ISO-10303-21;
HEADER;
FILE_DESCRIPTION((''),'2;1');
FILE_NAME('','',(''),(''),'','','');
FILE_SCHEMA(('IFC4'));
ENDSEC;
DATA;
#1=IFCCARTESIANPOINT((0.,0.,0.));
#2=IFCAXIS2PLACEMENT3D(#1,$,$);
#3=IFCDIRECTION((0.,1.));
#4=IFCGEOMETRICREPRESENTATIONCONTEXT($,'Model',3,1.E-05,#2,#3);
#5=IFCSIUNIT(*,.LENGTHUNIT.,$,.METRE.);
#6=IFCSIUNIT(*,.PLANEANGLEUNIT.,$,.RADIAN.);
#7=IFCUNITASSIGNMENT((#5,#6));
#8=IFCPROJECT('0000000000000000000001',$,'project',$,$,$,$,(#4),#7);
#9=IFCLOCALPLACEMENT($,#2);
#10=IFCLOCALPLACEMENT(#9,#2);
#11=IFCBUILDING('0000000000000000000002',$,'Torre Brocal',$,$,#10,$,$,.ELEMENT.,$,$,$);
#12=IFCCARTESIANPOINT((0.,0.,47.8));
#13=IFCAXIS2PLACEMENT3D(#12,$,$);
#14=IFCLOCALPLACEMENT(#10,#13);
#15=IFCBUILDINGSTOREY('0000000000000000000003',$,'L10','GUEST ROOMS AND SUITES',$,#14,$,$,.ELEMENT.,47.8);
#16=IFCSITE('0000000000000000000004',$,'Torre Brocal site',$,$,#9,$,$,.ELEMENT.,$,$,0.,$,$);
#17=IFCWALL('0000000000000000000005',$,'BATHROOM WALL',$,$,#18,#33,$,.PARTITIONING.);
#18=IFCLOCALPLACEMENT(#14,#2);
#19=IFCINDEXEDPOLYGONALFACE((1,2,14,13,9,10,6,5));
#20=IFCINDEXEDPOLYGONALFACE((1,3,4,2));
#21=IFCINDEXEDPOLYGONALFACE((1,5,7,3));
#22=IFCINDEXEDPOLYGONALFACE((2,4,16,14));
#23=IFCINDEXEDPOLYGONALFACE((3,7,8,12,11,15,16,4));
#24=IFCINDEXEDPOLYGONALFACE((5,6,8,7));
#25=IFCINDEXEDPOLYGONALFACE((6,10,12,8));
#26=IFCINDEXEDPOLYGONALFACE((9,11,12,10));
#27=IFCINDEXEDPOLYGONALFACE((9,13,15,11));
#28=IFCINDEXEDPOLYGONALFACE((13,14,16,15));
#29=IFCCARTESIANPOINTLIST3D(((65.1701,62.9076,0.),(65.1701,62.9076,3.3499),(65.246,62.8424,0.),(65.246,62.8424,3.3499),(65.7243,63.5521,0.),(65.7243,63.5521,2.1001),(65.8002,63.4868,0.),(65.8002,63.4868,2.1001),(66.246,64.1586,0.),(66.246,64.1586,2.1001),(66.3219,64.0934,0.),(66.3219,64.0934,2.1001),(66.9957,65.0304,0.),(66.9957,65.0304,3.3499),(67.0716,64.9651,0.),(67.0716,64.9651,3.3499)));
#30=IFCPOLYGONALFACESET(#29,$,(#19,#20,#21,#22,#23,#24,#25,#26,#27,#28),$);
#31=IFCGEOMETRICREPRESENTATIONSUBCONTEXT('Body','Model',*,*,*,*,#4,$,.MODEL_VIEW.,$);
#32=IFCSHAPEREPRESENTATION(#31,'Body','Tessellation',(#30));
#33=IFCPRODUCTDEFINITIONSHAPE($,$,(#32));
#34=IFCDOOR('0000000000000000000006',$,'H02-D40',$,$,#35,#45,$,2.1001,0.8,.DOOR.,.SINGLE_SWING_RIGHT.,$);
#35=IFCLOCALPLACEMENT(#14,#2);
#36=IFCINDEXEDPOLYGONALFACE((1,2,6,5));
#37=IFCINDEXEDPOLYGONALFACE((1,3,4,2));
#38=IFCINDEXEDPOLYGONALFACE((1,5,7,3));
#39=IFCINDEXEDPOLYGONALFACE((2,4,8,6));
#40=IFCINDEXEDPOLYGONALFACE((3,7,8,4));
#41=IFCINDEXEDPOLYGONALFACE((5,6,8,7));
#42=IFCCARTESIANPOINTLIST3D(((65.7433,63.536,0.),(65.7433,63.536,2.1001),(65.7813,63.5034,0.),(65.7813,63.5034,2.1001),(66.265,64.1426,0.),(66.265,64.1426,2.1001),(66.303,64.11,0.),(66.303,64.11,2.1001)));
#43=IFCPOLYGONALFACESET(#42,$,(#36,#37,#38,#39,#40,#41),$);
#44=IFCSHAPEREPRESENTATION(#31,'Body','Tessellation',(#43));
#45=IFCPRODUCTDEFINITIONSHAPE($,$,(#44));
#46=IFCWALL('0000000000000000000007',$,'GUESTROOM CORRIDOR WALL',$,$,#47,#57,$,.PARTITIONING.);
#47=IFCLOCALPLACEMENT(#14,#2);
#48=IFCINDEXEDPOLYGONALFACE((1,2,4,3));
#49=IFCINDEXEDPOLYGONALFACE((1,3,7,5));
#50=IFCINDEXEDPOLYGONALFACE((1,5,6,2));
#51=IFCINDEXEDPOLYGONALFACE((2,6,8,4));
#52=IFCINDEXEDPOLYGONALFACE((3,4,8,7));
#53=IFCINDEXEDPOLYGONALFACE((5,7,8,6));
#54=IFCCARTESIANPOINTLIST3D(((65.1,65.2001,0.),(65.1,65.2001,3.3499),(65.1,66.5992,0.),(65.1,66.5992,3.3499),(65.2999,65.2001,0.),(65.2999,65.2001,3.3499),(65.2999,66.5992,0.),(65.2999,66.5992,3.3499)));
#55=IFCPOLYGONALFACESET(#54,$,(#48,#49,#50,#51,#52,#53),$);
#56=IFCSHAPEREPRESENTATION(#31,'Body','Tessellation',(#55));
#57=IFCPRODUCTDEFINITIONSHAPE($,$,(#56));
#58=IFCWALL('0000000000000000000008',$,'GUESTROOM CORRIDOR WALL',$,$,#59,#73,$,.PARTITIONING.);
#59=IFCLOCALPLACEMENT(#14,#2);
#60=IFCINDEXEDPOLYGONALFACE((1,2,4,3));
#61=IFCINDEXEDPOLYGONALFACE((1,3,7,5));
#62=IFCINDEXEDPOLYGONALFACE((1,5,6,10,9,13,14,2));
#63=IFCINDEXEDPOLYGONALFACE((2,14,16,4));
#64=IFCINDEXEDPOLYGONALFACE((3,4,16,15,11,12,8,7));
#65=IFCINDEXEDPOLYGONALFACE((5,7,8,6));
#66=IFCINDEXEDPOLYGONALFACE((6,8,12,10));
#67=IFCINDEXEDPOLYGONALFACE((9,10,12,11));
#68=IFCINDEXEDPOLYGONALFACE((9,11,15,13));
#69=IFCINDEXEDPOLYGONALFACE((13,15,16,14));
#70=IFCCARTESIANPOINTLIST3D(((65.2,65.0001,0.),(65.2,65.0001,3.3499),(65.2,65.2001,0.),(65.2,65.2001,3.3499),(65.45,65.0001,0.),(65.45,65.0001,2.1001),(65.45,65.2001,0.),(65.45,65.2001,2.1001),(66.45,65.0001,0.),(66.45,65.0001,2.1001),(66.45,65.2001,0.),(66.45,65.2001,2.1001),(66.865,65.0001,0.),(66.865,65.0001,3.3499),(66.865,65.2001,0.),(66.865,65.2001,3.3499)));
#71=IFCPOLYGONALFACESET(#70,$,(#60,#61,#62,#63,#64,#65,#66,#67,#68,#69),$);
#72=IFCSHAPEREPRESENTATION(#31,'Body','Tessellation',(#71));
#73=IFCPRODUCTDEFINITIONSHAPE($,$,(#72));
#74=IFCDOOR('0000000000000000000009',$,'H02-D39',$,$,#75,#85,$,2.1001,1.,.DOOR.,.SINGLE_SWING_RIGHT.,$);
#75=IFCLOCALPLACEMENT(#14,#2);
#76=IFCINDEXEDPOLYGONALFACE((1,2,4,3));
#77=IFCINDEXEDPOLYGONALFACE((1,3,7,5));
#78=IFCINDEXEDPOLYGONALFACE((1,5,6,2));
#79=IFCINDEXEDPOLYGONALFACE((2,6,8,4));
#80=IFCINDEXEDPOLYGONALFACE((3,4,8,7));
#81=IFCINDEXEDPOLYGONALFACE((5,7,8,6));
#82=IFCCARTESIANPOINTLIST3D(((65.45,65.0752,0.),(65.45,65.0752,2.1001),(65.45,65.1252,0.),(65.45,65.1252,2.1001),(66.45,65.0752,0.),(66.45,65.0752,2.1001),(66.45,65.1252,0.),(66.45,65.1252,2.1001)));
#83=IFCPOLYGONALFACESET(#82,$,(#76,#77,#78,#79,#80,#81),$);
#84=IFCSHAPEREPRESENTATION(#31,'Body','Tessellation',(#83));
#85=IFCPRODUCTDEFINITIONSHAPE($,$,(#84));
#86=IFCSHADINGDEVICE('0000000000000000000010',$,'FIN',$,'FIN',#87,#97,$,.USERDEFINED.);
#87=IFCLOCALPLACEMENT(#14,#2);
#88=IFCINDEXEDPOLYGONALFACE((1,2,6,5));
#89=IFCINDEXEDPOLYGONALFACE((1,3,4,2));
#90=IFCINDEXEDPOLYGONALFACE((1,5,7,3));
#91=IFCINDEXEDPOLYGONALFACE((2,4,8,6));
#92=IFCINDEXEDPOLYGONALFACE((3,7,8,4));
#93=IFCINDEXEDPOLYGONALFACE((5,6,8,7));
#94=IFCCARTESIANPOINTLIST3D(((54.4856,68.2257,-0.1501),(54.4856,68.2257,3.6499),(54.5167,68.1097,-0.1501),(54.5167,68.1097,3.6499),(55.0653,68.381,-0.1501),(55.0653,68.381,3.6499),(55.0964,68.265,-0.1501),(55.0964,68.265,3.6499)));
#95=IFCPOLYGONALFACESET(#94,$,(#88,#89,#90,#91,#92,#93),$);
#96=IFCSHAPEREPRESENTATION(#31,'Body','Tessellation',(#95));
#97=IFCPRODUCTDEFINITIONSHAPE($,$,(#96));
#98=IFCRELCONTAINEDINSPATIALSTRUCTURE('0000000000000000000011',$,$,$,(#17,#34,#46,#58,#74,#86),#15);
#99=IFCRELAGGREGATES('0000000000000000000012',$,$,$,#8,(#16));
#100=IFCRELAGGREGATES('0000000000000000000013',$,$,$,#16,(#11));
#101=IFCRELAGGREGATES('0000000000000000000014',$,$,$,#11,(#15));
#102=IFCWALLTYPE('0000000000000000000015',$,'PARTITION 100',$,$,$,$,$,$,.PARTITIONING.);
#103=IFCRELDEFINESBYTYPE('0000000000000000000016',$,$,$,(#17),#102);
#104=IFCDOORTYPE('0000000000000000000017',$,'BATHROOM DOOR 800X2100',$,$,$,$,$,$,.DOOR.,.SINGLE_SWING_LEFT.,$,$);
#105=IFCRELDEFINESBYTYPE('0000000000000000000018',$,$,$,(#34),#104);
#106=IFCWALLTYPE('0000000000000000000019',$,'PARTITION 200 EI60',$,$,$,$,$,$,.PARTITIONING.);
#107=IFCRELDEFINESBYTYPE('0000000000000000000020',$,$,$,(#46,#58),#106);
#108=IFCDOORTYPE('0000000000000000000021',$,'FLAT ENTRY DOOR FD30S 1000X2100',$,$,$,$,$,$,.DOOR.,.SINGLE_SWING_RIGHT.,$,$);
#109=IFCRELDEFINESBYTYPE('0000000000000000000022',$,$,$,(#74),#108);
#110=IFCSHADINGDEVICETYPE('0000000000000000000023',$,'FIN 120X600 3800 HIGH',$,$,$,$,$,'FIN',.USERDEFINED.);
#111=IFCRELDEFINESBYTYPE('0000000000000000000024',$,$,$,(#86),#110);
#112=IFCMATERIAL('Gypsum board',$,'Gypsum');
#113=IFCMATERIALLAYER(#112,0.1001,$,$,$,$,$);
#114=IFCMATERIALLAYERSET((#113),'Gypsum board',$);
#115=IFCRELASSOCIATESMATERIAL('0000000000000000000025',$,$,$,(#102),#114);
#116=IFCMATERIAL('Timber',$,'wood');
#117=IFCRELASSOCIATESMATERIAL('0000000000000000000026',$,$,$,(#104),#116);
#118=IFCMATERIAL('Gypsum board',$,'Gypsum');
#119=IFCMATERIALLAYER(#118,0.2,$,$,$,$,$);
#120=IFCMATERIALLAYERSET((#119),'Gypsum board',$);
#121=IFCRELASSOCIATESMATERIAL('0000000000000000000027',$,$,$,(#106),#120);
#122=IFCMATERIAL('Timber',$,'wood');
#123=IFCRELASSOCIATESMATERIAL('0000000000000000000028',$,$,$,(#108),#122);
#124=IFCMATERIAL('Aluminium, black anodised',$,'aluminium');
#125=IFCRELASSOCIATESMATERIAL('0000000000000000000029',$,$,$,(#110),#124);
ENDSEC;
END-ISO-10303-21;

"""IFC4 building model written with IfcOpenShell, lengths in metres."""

from ifc_helpers import new_model, si_unit, direction, frame, frame_2d, origin, origin_2d, place, context, subcontext, project, spatial, rectangle, extrude, material, layer, layer_set, material_profile, profile_set, type_object, element, fill, save


model = new_model("IFC4")

# Units and contexts
model_context = context("Model", 3, precision=1e-05, world=origin(), true_north=direction((0.0, 1.0)))
body_context = subcontext(model_context, "Body", "Model", "MODEL_VIEW")
ifc_project = project(units=[si_unit("LENGTHUNIT", "METRE"), si_unit("PLANEANGLEUNIT", "RADIAN")], contexts=[model_context])

# Site, building, storey
site_placement = place(None, origin())
site = spatial("IfcSite", under=ifc_project, at=site_placement, Name="Torre Brocal site", CompositionType="ELEMENT", RefElevation=0.0)
building_placement = place(site_placement, origin())
building = spatial("IfcBuilding", under=site, at=building_placement, Name="Torre Brocal", CompositionType="ELEMENT")
storey_placement = place(building_placement, frame((0.0, 0.0, 47.8)))
storey = spatial("IfcBuildingStorey", under=building, at=storey_placement, Name="L10", Description="GUEST ROOMS AND SUITES", CompositionType="ELEMENT", Elevation=47.8)

# Shared definitions
ifc_material_1 = material(Name="Gypsum board", Category="Gypsum")
ifc_layer_1 = layer(ifc_material_1, 0.1001)
ifc_layer_set_1 = layer_set([ifc_layer_1], Name="Gypsum board")
wall_type_1 = type_object("IfcWallType", Name="PARTITION 100", PredefinedType="PARTITIONING", material=ifc_layer_set_1)

# Wall, opening, door
wall_1_placement = place(storey_placement, frame((65.208, 62.875, 0.0), z_axis=(0.0, 0.0, 1.0), x_axis=(0.652054, 0.758172, 0.0)))
wall_1 = element("IfcWall", 1, at=wall_1_placement, inside=storey, type_object=wall_type_1, Name="BATHROOM WALL", PredefinedType="PARTITIONING", context=body_context, shape_type="SweptSolid", body=[
    extrude(rectangle(XDim=2.7998, YDim=0.1001, at=frame_2d((1.3999, 0.0))), origin(), (0.0, 0.0, 1.0), 3.3499),
])
opening_1_placement = place(wall_1_placement, frame((0.8501, 0.0, 0.0)))
opening_1 = element("IfcOpeningElement", 2, at=opening_1_placement, cuts=wall_1, PredefinedType="OPENING", context=body_context, shape_type="SweptSolid", body=[
    extrude(rectangle(XDim=0.8, YDim=2.1001, at=frame_2d((0.3999, 1.05))), frame((0.0, 0.0601, 0.0), z_axis=(0.0, -1.0, 0.0), x_axis=(1.0, 0.0, 0.0)), (0.0, 0.0, 1.0), 0.1201),
])
ifc_material_2 = material(Name="Timber", Category="wood")
door_type_1 = type_object("IfcDoorType", Name="BATHROOM DOOR 800X2100", OperationType="SINGLE_SWING_LEFT", PredefinedType="DOOR", material=ifc_material_2)
door_1_placement = place(opening_1_placement, frame((0.8, 0.0, 0.0), z_axis=(0.0, 0.0, 1.0), x_axis=(-1.0, 0.0, 0.0)))
door_1 = element("IfcDoor", 3, at=door_1_placement, inside=storey, type_object=door_type_1, Name="H02-D40", OperationType="SINGLE_SWING_RIGHT", OverallHeight=2.1001, OverallWidth=0.8, PredefinedType="DOOR", context=body_context, shape_type="SweptSolid", body=[
    extrude(rectangle(XDim=0.8, YDim=2.1001, at=frame_2d((0.3999, 1.05))), frame((0.0, 0.0249, 0.0), z_axis=(0.0, -1.0, 0.0), x_axis=(1.0, 0.0, 0.0)), (0.0, 0.0, 1.0), 0.05),
])
fill(opening_1, door_1)

# Wall
ifc_material_3 = material(Name="Gypsum board", Category="Gypsum")
ifc_layer_2 = layer(ifc_material_3, 0.2)
ifc_layer_set_2 = layer_set([ifc_layer_2], Name="Gypsum board")
wall_type_2 = type_object("IfcWallType", Name="PARTITION 200 EI60", PredefinedType="PARTITIONING", material=ifc_layer_set_2)
wall_2_placement = place(storey_placement, frame((65.2, 65.2, 0.0), z_axis=(0.0, 0.0, 1.0), x_axis=(0.0, 1.0, 0.0)))
element("IfcWall", 4, at=wall_2_placement, inside=storey, type_object=wall_type_2, Name="GUESTROOM CORRIDOR WALL", PredefinedType="PARTITIONING", context=body_context, shape_type="SweptSolid", body=[
    extrude(rectangle(XDim=1.3992, YDim=0.2, at=frame_2d((0.6997, 0.0))), origin(), (0.0, 0.0, 1.0), 3.3499),
])

# Wall, opening, door
wall_3_placement = place(storey_placement, frame((65.2, 65.1001, 0.0), z_axis=(0.0, 0.0, 1.0), x_axis=(1.0, 0.0, 0.0)))
wall_3 = element("IfcWall", 5, at=wall_3_placement, inside=storey, type_object=wall_type_2, Name="GUESTROOM CORRIDOR WALL", PredefinedType="PARTITIONING", context=body_context, shape_type="SweptSolid", body=[
    extrude(rectangle(XDim=1.665, YDim=0.2, at=frame_2d((0.8325, 0.0))), origin(), (0.0, 0.0, 1.0), 3.3499),
])
opening_2_placement = place(wall_3_placement, frame((0.25, 0.0, 0.0)))
opening_2 = element("IfcOpeningElement", 6, at=opening_2_placement, cuts=wall_3, PredefinedType="OPENING", context=body_context, shape_type="SweptSolid", body=[
    extrude(rectangle(XDim=1.0, YDim=2.1001, at=frame_2d((0.5, 1.05))), frame((0.0, 0.1099, 0.0), z_axis=(0.0, -1.0, 0.0), x_axis=(1.0, 0.0, 0.0)), (0.0, 0.0, 1.0), 0.22),
])
ifc_material_4 = material(Name="Timber", Category="wood")
door_type_2 = type_object("IfcDoorType", Name="FLAT ENTRY DOOR FD30S 1000X2100", OperationType="SINGLE_SWING_RIGHT", PredefinedType="DOOR", material=ifc_material_4)
door_2_placement = place(opening_2_placement, frame((1.0, 0.0, 0.0), z_axis=(0.0, 0.0, 1.0), x_axis=(-1.0, 0.0, 0.0)))
door_2 = element("IfcDoor", 7, at=door_2_placement, inside=storey, type_object=door_type_2, Name="H02-D39", OperationType="SINGLE_SWING_RIGHT", OverallHeight=2.1001, OverallWidth=1.0, PredefinedType="DOOR", context=body_context, shape_type="SweptSolid", body=[
    extrude(rectangle(XDim=1.0, YDim=2.1001, at=frame_2d((0.5, 1.05))), frame((0.0, 0.0249, 0.0), z_axis=(0.0, -1.0, 0.0), x_axis=(1.0, 0.0, 0.0)), (0.0, 0.0, 1.0), 0.05),
])
fill(opening_2, door_2)

# Shading device
ifc_material_5 = material(Name="Aluminium, black anodised", Category="aluminium")
ifc_material_profile_1 = material_profile(ifc_material_5, rectangle(XDim=0.1201, YDim=0.6001, at=origin_2d()), Name="FIN 120X600 3800 HIGH")
ifc_profile_set_1 = profile_set([ifc_material_profile_1], Name="Aluminium, black anodised")
shading_device_type = type_object("IfcShadingDeviceType", Name="FIN 120X600 3800 HIGH", ElementType="FIN", PredefinedType="USERDEFINED", material=ifc_profile_set_1)
shading_device_placement = place(storey_placement, frame((54.791, 68.2454, -0.1501), z_axis=(0.0, 0.0, 1.0), x_axis=(0.258819, -0.965926, 0.0)))
element("IfcShadingDevice", 8, at=shading_device_placement, inside=storey, type_object=shading_device_type, Name="FIN", ObjectType="FIN", PredefinedType="USERDEFINED", context=body_context, shape_type="SweptSolid", body=[
    extrude(rectangle(XDim=0.1201, YDim=0.6001, at=origin_2d()), origin(), (0.0, 0.0, 1.0), 3.8),
])

save(model, "model.ifc")
